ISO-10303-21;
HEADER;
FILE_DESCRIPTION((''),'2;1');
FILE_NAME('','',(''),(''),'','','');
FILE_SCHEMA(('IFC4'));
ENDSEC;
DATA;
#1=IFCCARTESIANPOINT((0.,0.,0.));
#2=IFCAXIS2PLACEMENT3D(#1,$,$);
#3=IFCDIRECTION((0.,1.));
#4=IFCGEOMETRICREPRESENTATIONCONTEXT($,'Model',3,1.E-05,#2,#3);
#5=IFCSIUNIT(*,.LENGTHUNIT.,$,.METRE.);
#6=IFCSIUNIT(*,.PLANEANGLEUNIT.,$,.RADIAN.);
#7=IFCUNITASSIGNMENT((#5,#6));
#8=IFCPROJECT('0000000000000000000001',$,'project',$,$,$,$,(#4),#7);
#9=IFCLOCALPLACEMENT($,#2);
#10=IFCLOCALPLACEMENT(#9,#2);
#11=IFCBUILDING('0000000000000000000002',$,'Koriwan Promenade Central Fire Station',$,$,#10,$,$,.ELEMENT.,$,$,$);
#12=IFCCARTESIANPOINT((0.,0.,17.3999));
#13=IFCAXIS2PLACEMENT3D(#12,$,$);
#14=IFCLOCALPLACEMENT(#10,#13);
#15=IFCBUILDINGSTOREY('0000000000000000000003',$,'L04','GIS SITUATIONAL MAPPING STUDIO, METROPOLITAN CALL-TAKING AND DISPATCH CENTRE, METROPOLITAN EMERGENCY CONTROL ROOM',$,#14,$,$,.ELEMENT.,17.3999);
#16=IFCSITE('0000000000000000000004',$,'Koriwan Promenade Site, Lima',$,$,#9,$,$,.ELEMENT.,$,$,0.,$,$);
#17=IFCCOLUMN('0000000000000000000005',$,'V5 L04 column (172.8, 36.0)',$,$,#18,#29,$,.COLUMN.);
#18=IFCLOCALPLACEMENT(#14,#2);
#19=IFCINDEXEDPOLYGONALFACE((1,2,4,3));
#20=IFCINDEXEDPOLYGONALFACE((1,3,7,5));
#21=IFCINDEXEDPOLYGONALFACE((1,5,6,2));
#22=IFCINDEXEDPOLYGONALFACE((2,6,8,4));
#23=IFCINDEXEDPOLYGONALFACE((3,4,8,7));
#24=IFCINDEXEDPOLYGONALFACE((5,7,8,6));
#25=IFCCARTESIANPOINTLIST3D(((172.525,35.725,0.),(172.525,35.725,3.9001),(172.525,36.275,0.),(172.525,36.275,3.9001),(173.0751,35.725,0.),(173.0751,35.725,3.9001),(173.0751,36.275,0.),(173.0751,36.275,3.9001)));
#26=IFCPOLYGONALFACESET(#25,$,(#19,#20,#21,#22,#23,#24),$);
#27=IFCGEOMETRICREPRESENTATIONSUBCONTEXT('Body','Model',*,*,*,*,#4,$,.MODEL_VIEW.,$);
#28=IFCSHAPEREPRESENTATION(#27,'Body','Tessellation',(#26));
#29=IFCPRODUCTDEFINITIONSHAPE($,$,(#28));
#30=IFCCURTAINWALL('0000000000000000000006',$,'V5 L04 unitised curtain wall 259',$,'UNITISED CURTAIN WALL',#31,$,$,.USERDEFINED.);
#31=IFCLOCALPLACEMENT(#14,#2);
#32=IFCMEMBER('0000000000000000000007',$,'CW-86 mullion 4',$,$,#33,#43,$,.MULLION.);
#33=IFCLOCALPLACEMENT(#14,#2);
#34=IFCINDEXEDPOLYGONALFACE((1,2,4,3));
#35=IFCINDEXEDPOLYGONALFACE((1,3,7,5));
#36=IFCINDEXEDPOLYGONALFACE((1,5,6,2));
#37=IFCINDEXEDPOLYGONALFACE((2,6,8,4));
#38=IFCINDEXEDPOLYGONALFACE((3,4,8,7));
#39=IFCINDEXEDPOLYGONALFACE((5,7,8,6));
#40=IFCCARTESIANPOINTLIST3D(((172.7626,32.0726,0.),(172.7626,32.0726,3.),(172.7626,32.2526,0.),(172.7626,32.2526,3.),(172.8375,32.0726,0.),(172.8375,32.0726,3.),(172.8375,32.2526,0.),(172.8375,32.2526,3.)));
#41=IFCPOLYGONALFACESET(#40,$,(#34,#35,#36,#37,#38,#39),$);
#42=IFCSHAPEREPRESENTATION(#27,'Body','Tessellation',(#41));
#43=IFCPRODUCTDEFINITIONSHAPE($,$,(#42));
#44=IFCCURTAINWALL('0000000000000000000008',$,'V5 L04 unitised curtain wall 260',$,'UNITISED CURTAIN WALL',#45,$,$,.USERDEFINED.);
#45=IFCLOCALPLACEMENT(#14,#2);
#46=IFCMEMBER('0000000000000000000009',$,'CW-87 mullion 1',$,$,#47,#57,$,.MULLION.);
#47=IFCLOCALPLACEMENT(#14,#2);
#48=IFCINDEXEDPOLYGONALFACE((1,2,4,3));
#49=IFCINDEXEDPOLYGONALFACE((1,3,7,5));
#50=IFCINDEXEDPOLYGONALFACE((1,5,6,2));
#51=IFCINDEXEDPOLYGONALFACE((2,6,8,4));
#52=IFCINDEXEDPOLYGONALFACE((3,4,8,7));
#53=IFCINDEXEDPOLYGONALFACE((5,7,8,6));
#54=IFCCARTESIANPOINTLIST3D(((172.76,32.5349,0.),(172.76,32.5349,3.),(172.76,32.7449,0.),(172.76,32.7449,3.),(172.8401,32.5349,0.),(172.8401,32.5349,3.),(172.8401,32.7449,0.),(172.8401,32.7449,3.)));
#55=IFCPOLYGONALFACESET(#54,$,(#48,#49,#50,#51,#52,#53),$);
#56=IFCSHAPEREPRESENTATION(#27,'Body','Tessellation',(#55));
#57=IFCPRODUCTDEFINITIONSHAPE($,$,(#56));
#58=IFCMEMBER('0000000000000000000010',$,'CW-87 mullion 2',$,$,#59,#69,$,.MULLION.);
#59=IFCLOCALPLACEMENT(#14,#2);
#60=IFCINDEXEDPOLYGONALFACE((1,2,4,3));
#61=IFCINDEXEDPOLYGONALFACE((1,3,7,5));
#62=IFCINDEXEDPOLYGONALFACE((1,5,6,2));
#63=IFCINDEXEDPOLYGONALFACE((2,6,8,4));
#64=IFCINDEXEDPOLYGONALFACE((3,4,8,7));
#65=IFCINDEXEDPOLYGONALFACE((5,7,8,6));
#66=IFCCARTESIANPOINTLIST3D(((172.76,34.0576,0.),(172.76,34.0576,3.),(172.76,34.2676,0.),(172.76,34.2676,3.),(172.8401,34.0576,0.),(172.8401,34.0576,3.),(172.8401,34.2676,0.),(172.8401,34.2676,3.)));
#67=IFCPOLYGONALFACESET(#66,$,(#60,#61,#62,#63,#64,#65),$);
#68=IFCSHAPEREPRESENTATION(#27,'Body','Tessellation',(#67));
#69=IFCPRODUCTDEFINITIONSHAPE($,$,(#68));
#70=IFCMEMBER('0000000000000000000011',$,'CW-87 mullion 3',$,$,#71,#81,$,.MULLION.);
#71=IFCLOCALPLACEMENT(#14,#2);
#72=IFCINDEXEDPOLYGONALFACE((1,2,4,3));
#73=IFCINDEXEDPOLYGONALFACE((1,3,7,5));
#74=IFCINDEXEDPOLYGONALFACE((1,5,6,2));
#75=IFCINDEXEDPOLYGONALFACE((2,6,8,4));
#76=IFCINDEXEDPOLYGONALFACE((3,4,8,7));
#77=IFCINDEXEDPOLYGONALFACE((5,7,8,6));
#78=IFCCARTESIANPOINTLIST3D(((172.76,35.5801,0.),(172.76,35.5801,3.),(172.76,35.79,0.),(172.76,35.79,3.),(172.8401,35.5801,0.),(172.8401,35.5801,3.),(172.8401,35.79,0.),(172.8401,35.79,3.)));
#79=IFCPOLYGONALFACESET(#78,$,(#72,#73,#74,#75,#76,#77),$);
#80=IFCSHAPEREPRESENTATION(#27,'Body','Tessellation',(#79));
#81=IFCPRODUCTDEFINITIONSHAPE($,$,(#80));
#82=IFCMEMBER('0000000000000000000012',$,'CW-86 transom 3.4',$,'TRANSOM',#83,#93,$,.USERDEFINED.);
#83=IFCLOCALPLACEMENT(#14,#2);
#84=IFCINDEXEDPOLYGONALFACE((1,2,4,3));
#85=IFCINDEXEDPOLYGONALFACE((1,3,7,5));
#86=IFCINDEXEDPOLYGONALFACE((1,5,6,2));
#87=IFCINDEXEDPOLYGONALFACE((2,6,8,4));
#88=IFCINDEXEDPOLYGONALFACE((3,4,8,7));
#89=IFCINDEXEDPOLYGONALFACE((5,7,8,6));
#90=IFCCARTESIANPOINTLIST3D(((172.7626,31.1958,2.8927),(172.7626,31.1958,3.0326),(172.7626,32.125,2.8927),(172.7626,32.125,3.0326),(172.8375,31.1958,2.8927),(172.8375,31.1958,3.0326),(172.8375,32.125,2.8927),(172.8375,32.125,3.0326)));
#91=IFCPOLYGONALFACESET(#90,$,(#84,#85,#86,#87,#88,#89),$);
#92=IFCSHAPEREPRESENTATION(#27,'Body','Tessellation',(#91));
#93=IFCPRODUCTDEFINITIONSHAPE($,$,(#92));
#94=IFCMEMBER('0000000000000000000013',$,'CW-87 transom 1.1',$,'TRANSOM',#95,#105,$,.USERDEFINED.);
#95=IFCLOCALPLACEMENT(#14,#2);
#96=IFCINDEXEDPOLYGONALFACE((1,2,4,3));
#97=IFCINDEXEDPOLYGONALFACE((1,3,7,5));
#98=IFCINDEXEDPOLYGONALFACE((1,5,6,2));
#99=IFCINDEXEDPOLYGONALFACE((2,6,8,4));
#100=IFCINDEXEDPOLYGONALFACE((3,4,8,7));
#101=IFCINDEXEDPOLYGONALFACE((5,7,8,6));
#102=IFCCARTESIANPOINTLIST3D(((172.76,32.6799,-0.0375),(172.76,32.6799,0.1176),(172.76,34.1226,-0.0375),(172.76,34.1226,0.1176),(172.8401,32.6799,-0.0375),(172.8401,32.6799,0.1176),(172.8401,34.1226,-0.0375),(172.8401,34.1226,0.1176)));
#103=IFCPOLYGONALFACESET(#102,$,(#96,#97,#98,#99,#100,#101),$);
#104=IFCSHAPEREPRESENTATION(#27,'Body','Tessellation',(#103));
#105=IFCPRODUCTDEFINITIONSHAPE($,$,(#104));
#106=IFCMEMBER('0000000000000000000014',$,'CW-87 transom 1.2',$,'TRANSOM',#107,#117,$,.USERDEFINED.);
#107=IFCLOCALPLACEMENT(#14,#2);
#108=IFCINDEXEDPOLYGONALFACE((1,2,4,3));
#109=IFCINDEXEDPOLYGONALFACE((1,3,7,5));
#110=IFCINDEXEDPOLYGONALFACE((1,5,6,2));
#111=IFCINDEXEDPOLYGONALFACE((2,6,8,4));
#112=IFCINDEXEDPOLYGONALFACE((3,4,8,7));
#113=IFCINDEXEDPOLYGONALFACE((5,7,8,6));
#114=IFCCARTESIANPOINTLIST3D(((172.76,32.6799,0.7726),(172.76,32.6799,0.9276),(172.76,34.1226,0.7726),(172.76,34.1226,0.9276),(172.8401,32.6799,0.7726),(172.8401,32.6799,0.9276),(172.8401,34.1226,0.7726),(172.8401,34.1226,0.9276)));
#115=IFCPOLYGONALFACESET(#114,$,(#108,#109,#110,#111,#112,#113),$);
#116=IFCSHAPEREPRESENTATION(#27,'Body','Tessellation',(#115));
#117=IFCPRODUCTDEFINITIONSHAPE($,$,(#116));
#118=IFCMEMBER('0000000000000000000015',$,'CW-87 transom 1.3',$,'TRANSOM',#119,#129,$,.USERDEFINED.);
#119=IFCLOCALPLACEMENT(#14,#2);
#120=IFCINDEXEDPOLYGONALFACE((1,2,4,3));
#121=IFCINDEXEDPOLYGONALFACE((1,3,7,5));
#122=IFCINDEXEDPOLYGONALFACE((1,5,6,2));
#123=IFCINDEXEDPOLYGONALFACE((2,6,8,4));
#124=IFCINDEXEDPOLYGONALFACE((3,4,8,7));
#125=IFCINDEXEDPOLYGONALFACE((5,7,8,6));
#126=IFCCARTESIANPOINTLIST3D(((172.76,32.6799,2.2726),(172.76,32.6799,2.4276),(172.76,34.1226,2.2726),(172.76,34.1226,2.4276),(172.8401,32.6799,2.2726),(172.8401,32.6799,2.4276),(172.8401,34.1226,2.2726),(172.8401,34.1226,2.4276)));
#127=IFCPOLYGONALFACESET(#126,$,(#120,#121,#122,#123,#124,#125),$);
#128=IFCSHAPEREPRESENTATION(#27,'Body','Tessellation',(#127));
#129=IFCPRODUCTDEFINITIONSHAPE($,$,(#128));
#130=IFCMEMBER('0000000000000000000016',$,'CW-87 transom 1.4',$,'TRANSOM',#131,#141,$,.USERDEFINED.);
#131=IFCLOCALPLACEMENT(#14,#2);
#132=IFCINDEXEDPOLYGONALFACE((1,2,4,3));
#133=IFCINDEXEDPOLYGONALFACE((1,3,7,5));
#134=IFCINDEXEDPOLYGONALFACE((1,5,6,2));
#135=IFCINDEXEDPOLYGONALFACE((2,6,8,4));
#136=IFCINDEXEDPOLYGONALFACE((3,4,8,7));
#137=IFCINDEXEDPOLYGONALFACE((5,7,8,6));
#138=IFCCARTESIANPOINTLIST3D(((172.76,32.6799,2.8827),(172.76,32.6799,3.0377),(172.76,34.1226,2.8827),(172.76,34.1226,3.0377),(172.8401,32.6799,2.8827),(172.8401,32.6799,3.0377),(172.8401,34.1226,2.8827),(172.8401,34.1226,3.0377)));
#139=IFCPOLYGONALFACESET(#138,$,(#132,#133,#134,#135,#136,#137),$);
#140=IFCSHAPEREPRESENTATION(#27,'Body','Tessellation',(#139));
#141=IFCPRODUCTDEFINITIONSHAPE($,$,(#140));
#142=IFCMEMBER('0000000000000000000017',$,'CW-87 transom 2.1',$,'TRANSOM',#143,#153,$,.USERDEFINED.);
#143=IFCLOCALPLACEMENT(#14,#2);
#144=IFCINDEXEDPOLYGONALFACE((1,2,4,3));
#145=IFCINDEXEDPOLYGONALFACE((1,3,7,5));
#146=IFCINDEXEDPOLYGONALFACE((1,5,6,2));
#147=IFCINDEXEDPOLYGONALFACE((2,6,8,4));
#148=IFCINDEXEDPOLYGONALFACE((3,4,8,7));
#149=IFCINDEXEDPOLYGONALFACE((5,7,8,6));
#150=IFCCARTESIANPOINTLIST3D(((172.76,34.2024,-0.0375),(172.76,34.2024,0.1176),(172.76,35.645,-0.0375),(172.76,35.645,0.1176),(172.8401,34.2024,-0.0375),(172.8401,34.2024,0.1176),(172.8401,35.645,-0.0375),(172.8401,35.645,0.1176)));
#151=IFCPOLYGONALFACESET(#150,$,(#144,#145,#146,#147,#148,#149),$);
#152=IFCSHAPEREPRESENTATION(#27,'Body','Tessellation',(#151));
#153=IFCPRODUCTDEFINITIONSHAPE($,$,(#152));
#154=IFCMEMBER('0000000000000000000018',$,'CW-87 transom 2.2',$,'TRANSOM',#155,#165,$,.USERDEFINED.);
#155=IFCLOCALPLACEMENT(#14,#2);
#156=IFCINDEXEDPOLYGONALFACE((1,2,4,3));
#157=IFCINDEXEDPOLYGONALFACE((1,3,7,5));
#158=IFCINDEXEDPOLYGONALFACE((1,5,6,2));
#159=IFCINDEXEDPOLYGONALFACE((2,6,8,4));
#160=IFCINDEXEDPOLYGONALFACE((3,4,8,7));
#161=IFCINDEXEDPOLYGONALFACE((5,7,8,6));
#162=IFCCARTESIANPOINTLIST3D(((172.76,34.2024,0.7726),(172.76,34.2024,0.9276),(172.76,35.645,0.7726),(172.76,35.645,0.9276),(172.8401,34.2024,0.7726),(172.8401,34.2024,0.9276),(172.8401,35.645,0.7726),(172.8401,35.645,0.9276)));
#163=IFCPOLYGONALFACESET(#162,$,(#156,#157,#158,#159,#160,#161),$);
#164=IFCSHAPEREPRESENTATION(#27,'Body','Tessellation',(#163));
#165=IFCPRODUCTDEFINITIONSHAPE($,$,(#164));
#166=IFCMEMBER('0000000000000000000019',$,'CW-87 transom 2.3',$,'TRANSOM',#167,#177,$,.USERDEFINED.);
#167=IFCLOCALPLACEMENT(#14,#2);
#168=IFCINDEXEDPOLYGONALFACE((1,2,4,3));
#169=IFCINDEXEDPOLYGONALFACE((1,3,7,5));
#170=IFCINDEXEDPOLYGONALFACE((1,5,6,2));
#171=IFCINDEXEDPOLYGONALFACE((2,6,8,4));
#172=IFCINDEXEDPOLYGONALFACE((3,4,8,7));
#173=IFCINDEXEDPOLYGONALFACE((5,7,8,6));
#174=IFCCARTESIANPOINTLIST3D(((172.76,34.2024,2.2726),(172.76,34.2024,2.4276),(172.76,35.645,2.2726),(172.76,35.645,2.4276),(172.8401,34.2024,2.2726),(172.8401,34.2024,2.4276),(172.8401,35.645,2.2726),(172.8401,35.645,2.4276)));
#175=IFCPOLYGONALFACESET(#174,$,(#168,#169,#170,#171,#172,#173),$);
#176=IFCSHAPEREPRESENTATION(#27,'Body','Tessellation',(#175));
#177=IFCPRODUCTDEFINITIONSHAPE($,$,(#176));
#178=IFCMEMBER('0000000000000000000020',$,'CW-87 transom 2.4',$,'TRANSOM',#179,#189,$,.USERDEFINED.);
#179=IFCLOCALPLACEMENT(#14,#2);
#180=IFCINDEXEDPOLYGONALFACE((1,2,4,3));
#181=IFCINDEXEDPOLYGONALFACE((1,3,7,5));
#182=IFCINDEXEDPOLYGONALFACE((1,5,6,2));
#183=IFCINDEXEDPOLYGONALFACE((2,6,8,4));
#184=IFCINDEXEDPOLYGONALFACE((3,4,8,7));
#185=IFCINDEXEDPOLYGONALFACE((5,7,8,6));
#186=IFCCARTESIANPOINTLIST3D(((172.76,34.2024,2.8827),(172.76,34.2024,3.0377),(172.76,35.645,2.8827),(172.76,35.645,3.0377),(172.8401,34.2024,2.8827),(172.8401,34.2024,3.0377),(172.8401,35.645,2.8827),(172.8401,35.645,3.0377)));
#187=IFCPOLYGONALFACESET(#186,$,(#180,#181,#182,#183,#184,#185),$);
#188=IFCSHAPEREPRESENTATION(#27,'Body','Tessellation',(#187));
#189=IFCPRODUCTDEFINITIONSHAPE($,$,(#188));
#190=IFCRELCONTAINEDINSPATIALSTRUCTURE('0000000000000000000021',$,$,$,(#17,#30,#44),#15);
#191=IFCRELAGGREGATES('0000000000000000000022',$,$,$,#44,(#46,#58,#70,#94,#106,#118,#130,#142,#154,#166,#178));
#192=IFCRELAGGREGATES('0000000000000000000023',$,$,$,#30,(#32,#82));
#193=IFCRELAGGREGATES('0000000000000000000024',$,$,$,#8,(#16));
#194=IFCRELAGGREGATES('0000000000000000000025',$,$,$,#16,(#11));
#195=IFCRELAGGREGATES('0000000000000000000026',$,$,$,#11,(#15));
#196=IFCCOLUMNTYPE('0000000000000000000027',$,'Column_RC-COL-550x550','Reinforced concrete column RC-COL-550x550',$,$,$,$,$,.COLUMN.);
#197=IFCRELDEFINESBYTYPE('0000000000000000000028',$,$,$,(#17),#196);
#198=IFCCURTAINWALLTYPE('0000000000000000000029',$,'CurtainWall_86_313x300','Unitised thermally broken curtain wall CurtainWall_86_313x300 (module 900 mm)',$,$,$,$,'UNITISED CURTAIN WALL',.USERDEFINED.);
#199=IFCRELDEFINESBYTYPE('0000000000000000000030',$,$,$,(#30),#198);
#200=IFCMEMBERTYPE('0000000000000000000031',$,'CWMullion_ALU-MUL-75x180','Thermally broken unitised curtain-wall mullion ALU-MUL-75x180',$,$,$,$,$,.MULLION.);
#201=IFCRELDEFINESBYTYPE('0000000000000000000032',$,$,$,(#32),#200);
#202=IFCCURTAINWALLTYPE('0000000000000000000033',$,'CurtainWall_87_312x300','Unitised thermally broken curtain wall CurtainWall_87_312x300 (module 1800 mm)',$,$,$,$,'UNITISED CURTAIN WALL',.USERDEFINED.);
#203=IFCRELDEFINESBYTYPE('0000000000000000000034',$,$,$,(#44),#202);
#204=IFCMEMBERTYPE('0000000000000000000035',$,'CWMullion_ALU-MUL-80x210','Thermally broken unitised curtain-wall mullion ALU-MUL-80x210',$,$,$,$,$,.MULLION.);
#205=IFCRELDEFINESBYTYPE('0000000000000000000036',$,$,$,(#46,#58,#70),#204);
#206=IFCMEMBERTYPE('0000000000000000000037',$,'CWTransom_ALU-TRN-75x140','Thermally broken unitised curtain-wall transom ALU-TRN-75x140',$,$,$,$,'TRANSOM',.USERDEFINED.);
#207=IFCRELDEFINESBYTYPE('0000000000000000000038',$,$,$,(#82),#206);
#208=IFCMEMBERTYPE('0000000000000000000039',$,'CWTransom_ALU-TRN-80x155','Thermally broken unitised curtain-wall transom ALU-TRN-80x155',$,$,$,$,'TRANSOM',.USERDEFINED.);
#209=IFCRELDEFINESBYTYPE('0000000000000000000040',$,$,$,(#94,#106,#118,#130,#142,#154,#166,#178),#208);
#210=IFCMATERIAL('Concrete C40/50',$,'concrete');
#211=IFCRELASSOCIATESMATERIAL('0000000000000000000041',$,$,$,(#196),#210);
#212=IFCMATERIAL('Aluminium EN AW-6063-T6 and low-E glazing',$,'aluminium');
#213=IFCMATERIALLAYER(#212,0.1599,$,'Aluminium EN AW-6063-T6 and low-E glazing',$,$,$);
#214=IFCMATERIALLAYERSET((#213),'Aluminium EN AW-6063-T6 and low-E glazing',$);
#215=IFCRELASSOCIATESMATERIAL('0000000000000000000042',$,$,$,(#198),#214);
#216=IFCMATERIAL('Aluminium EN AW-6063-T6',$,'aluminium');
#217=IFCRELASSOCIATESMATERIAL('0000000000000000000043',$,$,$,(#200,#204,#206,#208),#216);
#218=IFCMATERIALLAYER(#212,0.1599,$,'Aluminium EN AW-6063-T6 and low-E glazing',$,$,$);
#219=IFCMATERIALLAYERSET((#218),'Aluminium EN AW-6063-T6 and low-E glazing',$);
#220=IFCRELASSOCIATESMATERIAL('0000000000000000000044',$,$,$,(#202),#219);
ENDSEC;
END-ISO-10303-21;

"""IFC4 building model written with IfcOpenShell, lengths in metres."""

from ifc_helpers import new_model, si_unit, direction, frame, origin, origin_2d, place, context, subcontext, project, spatial, rectangle, extrude, material, layer, layer_set, material_profile, profile_set, type_object, element, aggregate, save


model = new_model("IFC4")

# Units and contexts
model_context = context("Model", 3, precision=1e-05, world=origin(), true_north=direction((0.0, 1.0)))
body_context = subcontext(model_context, "Body", "Model", "MODEL_VIEW")
ifc_project = project(units=[si_unit("LENGTHUNIT", "METRE"), si_unit("PLANEANGLEUNIT", "RADIAN")], contexts=[model_context])

# Site, building, storey
site_placement = place(None, origin())
site = spatial("IfcSite", under=ifc_project, at=site_placement, Name="Koriwan Promenade Site, Lima", CompositionType="ELEMENT", RefElevation=0.0)
building_placement = place(site_placement, origin())
building = spatial("IfcBuilding", under=site, at=building_placement, Name="Koriwan Promenade Central Fire Station", CompositionType="ELEMENT")
storey_placement = place(building_placement, frame((0.0, 0.0, 17.3999)))
storey = spatial("IfcBuildingStorey", under=building, at=storey_placement, Name="L04", Description="GIS SITUATIONAL MAPPING STUDIO, METROPOLITAN CALL-TAKING AND DISPATCH CENTRE, METROPOLITAN EMERGENCY CONTROL ROOM", CompositionType="ELEMENT", Elevation=17.3999)

# Column
ifc_material_1 = material(Name="Concrete C40/50", Category="concrete")
ifc_material_profile_1 = material_profile(ifc_material_1, rectangle(XDim=0.55, YDim=0.55, at=origin_2d()), Name="RC-COL-550x550")
ifc_profile_set_1 = profile_set([ifc_material_profile_1], Name="Concrete C40/50")
column_type = type_object("IfcColumnType", Name="Column_RC-COL-550x550", Description="Reinforced concrete column RC-COL-550x550", PredefinedType="COLUMN", material=ifc_profile_set_1)
column_placement = place(storey_placement, frame((172.8, 36.0, 0.0), z_axis=(0.0, 0.0, 1.0), x_axis=(1.0, 0.0, 0.0)))
element("IfcColumn", 1, at=column_placement, inside=storey, type_object=column_type, Name="V5 L04 column (172.8, 36.0)", PredefinedType="COLUMN", context=body_context, shape_type="SweptSolid", body=[
    extrude(rectangle(XDim=0.55, YDim=0.55, at=origin_2d()), origin(), (0.0, 0.0, 1.0), 3.9001),
])

# Curtain wall, member
ifc_material_2 = material(Name="Aluminium EN AW-6063-T6 and low-E glazing", Category="aluminium")
ifc_layer_1 = layer(ifc_material_2, 0.1599, Name="Aluminium EN AW-6063-T6 and low-E glazing")
ifc_layer_set_1 = layer_set([ifc_layer_1], Name="Aluminium EN AW-6063-T6 and low-E glazing")
curtain_wall_type_1 = type_object("IfcCurtainWallType", Name="CurtainWall_86_313x300", Description="Unitised thermally broken curtain wall CurtainWall_86_313x300 (module 900 mm)", ElementType="UNITISED CURTAIN WALL", PredefinedType="USERDEFINED", material=ifc_layer_set_1)
curtain_wall_1_placement = place(storey_placement, origin())
curtain_wall_1 = element("IfcCurtainWall", 2, at=curtain_wall_1_placement, inside=storey, type_object=curtain_wall_type_1, Name="V5 L04 unitised curtain wall 259", ObjectType="UNITISED CURTAIN WALL", PredefinedType="USERDEFINED")
ifc_material_3 = material(Name="Aluminium EN AW-6063-T6", Category="aluminium")
ifc_material_profile_2 = material_profile(ifc_material_3, rectangle(XDim=0.075, YDim=0.1799, at=origin_2d()), Name="ALU-MUL-75x180")
ifc_profile_set_2 = profile_set([ifc_material_profile_2], Name="Aluminium EN AW-6063-T6")
member_type_1 = type_object("IfcMemberType", Name="CWMullion_ALU-MUL-75x180", Description="Thermally broken unitised curtain-wall mullion ALU-MUL-75x180", PredefinedType="MULLION", material=ifc_profile_set_2)
member_1_placement = place(storey_placement, frame((172.8, 32.1626, 0.0), z_axis=(0.0, 0.0, 1.0), x_axis=(-1.0, 0.0, 0.0)))
member_1 = element("IfcMember", 3, at=member_1_placement, type_object=member_type_1, Name="CW-86 mullion 4", PredefinedType="MULLION", context=body_context, shape_type="SweptSolid", body=[
    extrude(rectangle(XDim=0.075, YDim=0.1799, at=origin_2d()), origin(), (0.0, 0.0, 1.0), 3.0),
])

# Curtain wall, members
ifc_layer_2 = layer(ifc_material_2, 0.1599, Name="Aluminium EN AW-6063-T6 and low-E glazing")
ifc_layer_set_2 = layer_set([ifc_layer_2], Name="Aluminium EN AW-6063-T6 and low-E glazing")
curtain_wall_type_2 = type_object("IfcCurtainWallType", Name="CurtainWall_87_312x300", Description="Unitised thermally broken curtain wall CurtainWall_87_312x300 (module 1800 mm)", ElementType="UNITISED CURTAIN WALL", PredefinedType="USERDEFINED", material=ifc_layer_set_2)
curtain_wall_2_placement = place(storey_placement, origin())
curtain_wall_2 = element("IfcCurtainWall", 4, at=curtain_wall_2_placement, inside=storey, type_object=curtain_wall_type_2, Name="V5 L04 unitised curtain wall 260", ObjectType="UNITISED CURTAIN WALL", PredefinedType="USERDEFINED")
ifc_material_profile_3 = material_profile(ifc_material_3, rectangle(XDim=0.0801, YDim=0.21, at=origin_2d()), Name="ALU-MUL-80x210")
ifc_profile_set_3 = profile_set([ifc_material_profile_3], Name="Aluminium EN AW-6063-T6")
member_type_2 = type_object("IfcMemberType", Name="CWMullion_ALU-MUL-80x210", Description="Thermally broken unitised curtain-wall mullion ALU-MUL-80x210", PredefinedType="MULLION", material=ifc_profile_set_3)
member_2_placement = place(storey_placement, frame((172.8, 32.6399, 0.0), z_axis=(0.0, 0.0, 1.0), x_axis=(-1.0, 0.0, 0.0)))
member_2 = element("IfcMember", 5, at=member_2_placement, type_object=member_type_2, Name="CW-87 mullion 1", PredefinedType="MULLION", context=body_context, shape_type="SweptSolid", body=[
    extrude(rectangle(XDim=0.0801, YDim=0.21, at=origin_2d()), origin(), (0.0, 0.0, 1.0), 3.0),
])
member_3_placement = place(storey_placement, frame((172.8, 34.1626, 0.0), z_axis=(0.0, 0.0, 1.0), x_axis=(-1.0, 0.0, 0.0)))
member_3 = element("IfcMember", 6, at=member_3_placement, type_object=member_type_2, Name="CW-87 mullion 2", PredefinedType="MULLION", context=body_context, shape_type="SweptSolid", body=[
    extrude(rectangle(XDim=0.0801, YDim=0.21, at=origin_2d()), origin(), (0.0, 0.0, 1.0), 3.0),
])
member_4_placement = place(storey_placement, frame((172.8, 35.6851, 0.0), z_axis=(0.0, 0.0, 1.0), x_axis=(-1.0, 0.0, 0.0)))
member_4 = element("IfcMember", 7, at=member_4_placement, type_object=member_type_2, Name="CW-87 mullion 3", PredefinedType="MULLION", context=body_context, shape_type="SweptSolid", body=[
    extrude(rectangle(XDim=0.0801, YDim=0.21, at=origin_2d()), origin(), (0.0, 0.0, 1.0), 3.0),
])

# Members
ifc_material_profile_4 = material_profile(ifc_material_3, rectangle(XDim=0.075, YDim=0.1399, at=origin_2d()), Name="ALU-TRN-75x140")
ifc_profile_set_4 = profile_set([ifc_material_profile_4], Name="Aluminium EN AW-6063-T6")
member_type_3 = type_object("IfcMemberType", Name="CWTransom_ALU-TRN-75x140", Description="Thermally broken unitised curtain-wall transom ALU-TRN-75x140", ElementType="TRANSOM", PredefinedType="USERDEFINED", material=ifc_profile_set_4)
member_5_placement = place(storey_placement, frame((172.8, 31.1958, 2.9626), z_axis=(0.0, 1.0, 0.0), x_axis=(-1.0, 0.0, 0.0)))
member_5 = element("IfcMember", 8, at=member_5_placement, type_object=member_type_3, Name="CW-86 transom 3.4", ObjectType="TRANSOM", PredefinedType="USERDEFINED", context=body_context, shape_type="SweptSolid", body=[
    extrude(rectangle(XDim=0.075, YDim=0.1399, at=origin_2d()), origin(), (0.0, 0.0, 1.0), 0.9292),
])
ifc_material_profile_5 = material_profile(ifc_material_3, rectangle(XDim=0.0801, YDim=0.155, at=origin_2d()), Name="ALU-TRN-80x155")
ifc_profile_set_5 = profile_set([ifc_material_profile_5], Name="Aluminium EN AW-6063-T6")
member_type_4 = type_object("IfcMemberType", Name="CWTransom_ALU-TRN-80x155", Description="Thermally broken unitised curtain-wall transom ALU-TRN-80x155", ElementType="TRANSOM", PredefinedType="USERDEFINED", material=ifc_profile_set_5)
member_6_placement = place(storey_placement, frame((172.8, 32.6799, 0.04), z_axis=(0.0, 1.0, 0.0), x_axis=(-1.0, 0.0, 0.0)))
member_6 = element("IfcMember", 9, at=member_6_placement, type_object=member_type_4, Name="CW-87 transom 1.1", ObjectType="TRANSOM", PredefinedType="USERDEFINED", context=body_context, shape_type="SweptSolid", body=[
    extrude(rectangle(XDim=0.0801, YDim=0.155, at=origin_2d()), origin(), (0.0, 0.0, 1.0), 1.4426),
])
member_7_placement = place(storey_placement, frame((172.8, 32.6799, 0.8501), z_axis=(0.0, 1.0, 0.0), x_axis=(-1.0, 0.0, 0.0)))
member_7 = element("IfcMember", 10, at=member_7_placement, type_object=member_type_4, Name="CW-87 transom 1.2", ObjectType="TRANSOM", PredefinedType="USERDEFINED", context=body_context, shape_type="SweptSolid", body=[
    extrude(rectangle(XDim=0.0801, YDim=0.155, at=origin_2d()), origin(), (0.0, 0.0, 1.0), 1.4426),
])
member_8_placement = place(storey_placement, frame((172.8, 32.6799, 2.3501), z_axis=(0.0, 1.0, 0.0), x_axis=(-1.0, 0.0, 0.0)))
member_8 = element("IfcMember", 11, at=member_8_placement, type_object=member_type_4, Name="CW-87 transom 1.3", ObjectType="TRANSOM", PredefinedType="USERDEFINED", context=body_context, shape_type="SweptSolid", body=[
    extrude(rectangle(XDim=0.0801, YDim=0.155, at=origin_2d()), origin(), (0.0, 0.0, 1.0), 1.4426),
])
member_9_placement = place(storey_placement, frame((172.8, 32.6799, 2.9602), z_axis=(0.0, 1.0, 0.0), x_axis=(-1.0, 0.0, 0.0)))
member_9 = element("IfcMember", 12, at=member_9_placement, type_object=member_type_4, Name="CW-87 transom 1.4", ObjectType="TRANSOM", PredefinedType="USERDEFINED", context=body_context, shape_type="SweptSolid", body=[
    extrude(rectangle(XDim=0.0801, YDim=0.155, at=origin_2d()), origin(), (0.0, 0.0, 1.0), 1.4426),
])
member_10_placement = place(storey_placement, frame((172.8, 34.2024, 0.04), z_axis=(0.0, 1.0, 0.0), x_axis=(-1.0, 0.0, 0.0)))
member_10 = element("IfcMember", 13, at=member_10_placement, type_object=member_type_4, Name="CW-87 transom 2.1", ObjectType="TRANSOM", PredefinedType="USERDEFINED", context=body_context, shape_type="SweptSolid", body=[
    extrude(rectangle(XDim=0.0801, YDim=0.155, at=origin_2d()), origin(), (0.0, 0.0, 1.0), 1.4426),
])
member_11_placement = place(storey_placement, frame((172.8, 34.2024, 0.8501), z_axis=(0.0, 1.0, 0.0), x_axis=(-1.0, 0.0, 0.0)))
member_11 = element("IfcMember", 14, at=member_11_placement, type_object=member_type_4, Name="CW-87 transom 2.2", ObjectType="TRANSOM", PredefinedType="USERDEFINED", context=body_context, shape_type="SweptSolid", body=[
    extrude(rectangle(XDim=0.0801, YDim=0.155, at=origin_2d()), origin(), (0.0, 0.0, 1.0), 1.4426),
])
member_12_placement = place(storey_placement, frame((172.8, 34.2024, 2.3501), z_axis=(0.0, 1.0, 0.0), x_axis=(-1.0, 0.0, 0.0)))
member_12 = element("IfcMember", 15, at=member_12_placement, type_object=member_type_4, Name="CW-87 transom 2.3", ObjectType="TRANSOM", PredefinedType="USERDEFINED", context=body_context, shape_type="SweptSolid", body=[
    extrude(rectangle(XDim=0.0801, YDim=0.155, at=origin_2d()), origin(), (0.0, 0.0, 1.0), 1.4426),
])
member_13_placement = place(storey_placement, frame((172.8, 34.2024, 2.9602), z_axis=(0.0, 1.0, 0.0), x_axis=(-1.0, 0.0, 0.0)))
member_13 = element("IfcMember", 16, at=member_13_placement, type_object=member_type_4, Name="CW-87 transom 2.4", ObjectType="TRANSOM", PredefinedType="USERDEFINED", context=body_context, shape_type="SweptSolid", body=[
    extrude(rectangle(XDim=0.0801, YDim=0.155, at=origin_2d()), origin(), (0.0, 0.0, 1.0), 1.4426),
])

aggregate(curtain_wall_2, [member_2, member_3, member_4, member_6, member_7, member_8, member_9, member_10, member_11, member_12, member_13])
aggregate(curtain_wall_1, [member_1, member_5])

save(model, "model.ifc")
